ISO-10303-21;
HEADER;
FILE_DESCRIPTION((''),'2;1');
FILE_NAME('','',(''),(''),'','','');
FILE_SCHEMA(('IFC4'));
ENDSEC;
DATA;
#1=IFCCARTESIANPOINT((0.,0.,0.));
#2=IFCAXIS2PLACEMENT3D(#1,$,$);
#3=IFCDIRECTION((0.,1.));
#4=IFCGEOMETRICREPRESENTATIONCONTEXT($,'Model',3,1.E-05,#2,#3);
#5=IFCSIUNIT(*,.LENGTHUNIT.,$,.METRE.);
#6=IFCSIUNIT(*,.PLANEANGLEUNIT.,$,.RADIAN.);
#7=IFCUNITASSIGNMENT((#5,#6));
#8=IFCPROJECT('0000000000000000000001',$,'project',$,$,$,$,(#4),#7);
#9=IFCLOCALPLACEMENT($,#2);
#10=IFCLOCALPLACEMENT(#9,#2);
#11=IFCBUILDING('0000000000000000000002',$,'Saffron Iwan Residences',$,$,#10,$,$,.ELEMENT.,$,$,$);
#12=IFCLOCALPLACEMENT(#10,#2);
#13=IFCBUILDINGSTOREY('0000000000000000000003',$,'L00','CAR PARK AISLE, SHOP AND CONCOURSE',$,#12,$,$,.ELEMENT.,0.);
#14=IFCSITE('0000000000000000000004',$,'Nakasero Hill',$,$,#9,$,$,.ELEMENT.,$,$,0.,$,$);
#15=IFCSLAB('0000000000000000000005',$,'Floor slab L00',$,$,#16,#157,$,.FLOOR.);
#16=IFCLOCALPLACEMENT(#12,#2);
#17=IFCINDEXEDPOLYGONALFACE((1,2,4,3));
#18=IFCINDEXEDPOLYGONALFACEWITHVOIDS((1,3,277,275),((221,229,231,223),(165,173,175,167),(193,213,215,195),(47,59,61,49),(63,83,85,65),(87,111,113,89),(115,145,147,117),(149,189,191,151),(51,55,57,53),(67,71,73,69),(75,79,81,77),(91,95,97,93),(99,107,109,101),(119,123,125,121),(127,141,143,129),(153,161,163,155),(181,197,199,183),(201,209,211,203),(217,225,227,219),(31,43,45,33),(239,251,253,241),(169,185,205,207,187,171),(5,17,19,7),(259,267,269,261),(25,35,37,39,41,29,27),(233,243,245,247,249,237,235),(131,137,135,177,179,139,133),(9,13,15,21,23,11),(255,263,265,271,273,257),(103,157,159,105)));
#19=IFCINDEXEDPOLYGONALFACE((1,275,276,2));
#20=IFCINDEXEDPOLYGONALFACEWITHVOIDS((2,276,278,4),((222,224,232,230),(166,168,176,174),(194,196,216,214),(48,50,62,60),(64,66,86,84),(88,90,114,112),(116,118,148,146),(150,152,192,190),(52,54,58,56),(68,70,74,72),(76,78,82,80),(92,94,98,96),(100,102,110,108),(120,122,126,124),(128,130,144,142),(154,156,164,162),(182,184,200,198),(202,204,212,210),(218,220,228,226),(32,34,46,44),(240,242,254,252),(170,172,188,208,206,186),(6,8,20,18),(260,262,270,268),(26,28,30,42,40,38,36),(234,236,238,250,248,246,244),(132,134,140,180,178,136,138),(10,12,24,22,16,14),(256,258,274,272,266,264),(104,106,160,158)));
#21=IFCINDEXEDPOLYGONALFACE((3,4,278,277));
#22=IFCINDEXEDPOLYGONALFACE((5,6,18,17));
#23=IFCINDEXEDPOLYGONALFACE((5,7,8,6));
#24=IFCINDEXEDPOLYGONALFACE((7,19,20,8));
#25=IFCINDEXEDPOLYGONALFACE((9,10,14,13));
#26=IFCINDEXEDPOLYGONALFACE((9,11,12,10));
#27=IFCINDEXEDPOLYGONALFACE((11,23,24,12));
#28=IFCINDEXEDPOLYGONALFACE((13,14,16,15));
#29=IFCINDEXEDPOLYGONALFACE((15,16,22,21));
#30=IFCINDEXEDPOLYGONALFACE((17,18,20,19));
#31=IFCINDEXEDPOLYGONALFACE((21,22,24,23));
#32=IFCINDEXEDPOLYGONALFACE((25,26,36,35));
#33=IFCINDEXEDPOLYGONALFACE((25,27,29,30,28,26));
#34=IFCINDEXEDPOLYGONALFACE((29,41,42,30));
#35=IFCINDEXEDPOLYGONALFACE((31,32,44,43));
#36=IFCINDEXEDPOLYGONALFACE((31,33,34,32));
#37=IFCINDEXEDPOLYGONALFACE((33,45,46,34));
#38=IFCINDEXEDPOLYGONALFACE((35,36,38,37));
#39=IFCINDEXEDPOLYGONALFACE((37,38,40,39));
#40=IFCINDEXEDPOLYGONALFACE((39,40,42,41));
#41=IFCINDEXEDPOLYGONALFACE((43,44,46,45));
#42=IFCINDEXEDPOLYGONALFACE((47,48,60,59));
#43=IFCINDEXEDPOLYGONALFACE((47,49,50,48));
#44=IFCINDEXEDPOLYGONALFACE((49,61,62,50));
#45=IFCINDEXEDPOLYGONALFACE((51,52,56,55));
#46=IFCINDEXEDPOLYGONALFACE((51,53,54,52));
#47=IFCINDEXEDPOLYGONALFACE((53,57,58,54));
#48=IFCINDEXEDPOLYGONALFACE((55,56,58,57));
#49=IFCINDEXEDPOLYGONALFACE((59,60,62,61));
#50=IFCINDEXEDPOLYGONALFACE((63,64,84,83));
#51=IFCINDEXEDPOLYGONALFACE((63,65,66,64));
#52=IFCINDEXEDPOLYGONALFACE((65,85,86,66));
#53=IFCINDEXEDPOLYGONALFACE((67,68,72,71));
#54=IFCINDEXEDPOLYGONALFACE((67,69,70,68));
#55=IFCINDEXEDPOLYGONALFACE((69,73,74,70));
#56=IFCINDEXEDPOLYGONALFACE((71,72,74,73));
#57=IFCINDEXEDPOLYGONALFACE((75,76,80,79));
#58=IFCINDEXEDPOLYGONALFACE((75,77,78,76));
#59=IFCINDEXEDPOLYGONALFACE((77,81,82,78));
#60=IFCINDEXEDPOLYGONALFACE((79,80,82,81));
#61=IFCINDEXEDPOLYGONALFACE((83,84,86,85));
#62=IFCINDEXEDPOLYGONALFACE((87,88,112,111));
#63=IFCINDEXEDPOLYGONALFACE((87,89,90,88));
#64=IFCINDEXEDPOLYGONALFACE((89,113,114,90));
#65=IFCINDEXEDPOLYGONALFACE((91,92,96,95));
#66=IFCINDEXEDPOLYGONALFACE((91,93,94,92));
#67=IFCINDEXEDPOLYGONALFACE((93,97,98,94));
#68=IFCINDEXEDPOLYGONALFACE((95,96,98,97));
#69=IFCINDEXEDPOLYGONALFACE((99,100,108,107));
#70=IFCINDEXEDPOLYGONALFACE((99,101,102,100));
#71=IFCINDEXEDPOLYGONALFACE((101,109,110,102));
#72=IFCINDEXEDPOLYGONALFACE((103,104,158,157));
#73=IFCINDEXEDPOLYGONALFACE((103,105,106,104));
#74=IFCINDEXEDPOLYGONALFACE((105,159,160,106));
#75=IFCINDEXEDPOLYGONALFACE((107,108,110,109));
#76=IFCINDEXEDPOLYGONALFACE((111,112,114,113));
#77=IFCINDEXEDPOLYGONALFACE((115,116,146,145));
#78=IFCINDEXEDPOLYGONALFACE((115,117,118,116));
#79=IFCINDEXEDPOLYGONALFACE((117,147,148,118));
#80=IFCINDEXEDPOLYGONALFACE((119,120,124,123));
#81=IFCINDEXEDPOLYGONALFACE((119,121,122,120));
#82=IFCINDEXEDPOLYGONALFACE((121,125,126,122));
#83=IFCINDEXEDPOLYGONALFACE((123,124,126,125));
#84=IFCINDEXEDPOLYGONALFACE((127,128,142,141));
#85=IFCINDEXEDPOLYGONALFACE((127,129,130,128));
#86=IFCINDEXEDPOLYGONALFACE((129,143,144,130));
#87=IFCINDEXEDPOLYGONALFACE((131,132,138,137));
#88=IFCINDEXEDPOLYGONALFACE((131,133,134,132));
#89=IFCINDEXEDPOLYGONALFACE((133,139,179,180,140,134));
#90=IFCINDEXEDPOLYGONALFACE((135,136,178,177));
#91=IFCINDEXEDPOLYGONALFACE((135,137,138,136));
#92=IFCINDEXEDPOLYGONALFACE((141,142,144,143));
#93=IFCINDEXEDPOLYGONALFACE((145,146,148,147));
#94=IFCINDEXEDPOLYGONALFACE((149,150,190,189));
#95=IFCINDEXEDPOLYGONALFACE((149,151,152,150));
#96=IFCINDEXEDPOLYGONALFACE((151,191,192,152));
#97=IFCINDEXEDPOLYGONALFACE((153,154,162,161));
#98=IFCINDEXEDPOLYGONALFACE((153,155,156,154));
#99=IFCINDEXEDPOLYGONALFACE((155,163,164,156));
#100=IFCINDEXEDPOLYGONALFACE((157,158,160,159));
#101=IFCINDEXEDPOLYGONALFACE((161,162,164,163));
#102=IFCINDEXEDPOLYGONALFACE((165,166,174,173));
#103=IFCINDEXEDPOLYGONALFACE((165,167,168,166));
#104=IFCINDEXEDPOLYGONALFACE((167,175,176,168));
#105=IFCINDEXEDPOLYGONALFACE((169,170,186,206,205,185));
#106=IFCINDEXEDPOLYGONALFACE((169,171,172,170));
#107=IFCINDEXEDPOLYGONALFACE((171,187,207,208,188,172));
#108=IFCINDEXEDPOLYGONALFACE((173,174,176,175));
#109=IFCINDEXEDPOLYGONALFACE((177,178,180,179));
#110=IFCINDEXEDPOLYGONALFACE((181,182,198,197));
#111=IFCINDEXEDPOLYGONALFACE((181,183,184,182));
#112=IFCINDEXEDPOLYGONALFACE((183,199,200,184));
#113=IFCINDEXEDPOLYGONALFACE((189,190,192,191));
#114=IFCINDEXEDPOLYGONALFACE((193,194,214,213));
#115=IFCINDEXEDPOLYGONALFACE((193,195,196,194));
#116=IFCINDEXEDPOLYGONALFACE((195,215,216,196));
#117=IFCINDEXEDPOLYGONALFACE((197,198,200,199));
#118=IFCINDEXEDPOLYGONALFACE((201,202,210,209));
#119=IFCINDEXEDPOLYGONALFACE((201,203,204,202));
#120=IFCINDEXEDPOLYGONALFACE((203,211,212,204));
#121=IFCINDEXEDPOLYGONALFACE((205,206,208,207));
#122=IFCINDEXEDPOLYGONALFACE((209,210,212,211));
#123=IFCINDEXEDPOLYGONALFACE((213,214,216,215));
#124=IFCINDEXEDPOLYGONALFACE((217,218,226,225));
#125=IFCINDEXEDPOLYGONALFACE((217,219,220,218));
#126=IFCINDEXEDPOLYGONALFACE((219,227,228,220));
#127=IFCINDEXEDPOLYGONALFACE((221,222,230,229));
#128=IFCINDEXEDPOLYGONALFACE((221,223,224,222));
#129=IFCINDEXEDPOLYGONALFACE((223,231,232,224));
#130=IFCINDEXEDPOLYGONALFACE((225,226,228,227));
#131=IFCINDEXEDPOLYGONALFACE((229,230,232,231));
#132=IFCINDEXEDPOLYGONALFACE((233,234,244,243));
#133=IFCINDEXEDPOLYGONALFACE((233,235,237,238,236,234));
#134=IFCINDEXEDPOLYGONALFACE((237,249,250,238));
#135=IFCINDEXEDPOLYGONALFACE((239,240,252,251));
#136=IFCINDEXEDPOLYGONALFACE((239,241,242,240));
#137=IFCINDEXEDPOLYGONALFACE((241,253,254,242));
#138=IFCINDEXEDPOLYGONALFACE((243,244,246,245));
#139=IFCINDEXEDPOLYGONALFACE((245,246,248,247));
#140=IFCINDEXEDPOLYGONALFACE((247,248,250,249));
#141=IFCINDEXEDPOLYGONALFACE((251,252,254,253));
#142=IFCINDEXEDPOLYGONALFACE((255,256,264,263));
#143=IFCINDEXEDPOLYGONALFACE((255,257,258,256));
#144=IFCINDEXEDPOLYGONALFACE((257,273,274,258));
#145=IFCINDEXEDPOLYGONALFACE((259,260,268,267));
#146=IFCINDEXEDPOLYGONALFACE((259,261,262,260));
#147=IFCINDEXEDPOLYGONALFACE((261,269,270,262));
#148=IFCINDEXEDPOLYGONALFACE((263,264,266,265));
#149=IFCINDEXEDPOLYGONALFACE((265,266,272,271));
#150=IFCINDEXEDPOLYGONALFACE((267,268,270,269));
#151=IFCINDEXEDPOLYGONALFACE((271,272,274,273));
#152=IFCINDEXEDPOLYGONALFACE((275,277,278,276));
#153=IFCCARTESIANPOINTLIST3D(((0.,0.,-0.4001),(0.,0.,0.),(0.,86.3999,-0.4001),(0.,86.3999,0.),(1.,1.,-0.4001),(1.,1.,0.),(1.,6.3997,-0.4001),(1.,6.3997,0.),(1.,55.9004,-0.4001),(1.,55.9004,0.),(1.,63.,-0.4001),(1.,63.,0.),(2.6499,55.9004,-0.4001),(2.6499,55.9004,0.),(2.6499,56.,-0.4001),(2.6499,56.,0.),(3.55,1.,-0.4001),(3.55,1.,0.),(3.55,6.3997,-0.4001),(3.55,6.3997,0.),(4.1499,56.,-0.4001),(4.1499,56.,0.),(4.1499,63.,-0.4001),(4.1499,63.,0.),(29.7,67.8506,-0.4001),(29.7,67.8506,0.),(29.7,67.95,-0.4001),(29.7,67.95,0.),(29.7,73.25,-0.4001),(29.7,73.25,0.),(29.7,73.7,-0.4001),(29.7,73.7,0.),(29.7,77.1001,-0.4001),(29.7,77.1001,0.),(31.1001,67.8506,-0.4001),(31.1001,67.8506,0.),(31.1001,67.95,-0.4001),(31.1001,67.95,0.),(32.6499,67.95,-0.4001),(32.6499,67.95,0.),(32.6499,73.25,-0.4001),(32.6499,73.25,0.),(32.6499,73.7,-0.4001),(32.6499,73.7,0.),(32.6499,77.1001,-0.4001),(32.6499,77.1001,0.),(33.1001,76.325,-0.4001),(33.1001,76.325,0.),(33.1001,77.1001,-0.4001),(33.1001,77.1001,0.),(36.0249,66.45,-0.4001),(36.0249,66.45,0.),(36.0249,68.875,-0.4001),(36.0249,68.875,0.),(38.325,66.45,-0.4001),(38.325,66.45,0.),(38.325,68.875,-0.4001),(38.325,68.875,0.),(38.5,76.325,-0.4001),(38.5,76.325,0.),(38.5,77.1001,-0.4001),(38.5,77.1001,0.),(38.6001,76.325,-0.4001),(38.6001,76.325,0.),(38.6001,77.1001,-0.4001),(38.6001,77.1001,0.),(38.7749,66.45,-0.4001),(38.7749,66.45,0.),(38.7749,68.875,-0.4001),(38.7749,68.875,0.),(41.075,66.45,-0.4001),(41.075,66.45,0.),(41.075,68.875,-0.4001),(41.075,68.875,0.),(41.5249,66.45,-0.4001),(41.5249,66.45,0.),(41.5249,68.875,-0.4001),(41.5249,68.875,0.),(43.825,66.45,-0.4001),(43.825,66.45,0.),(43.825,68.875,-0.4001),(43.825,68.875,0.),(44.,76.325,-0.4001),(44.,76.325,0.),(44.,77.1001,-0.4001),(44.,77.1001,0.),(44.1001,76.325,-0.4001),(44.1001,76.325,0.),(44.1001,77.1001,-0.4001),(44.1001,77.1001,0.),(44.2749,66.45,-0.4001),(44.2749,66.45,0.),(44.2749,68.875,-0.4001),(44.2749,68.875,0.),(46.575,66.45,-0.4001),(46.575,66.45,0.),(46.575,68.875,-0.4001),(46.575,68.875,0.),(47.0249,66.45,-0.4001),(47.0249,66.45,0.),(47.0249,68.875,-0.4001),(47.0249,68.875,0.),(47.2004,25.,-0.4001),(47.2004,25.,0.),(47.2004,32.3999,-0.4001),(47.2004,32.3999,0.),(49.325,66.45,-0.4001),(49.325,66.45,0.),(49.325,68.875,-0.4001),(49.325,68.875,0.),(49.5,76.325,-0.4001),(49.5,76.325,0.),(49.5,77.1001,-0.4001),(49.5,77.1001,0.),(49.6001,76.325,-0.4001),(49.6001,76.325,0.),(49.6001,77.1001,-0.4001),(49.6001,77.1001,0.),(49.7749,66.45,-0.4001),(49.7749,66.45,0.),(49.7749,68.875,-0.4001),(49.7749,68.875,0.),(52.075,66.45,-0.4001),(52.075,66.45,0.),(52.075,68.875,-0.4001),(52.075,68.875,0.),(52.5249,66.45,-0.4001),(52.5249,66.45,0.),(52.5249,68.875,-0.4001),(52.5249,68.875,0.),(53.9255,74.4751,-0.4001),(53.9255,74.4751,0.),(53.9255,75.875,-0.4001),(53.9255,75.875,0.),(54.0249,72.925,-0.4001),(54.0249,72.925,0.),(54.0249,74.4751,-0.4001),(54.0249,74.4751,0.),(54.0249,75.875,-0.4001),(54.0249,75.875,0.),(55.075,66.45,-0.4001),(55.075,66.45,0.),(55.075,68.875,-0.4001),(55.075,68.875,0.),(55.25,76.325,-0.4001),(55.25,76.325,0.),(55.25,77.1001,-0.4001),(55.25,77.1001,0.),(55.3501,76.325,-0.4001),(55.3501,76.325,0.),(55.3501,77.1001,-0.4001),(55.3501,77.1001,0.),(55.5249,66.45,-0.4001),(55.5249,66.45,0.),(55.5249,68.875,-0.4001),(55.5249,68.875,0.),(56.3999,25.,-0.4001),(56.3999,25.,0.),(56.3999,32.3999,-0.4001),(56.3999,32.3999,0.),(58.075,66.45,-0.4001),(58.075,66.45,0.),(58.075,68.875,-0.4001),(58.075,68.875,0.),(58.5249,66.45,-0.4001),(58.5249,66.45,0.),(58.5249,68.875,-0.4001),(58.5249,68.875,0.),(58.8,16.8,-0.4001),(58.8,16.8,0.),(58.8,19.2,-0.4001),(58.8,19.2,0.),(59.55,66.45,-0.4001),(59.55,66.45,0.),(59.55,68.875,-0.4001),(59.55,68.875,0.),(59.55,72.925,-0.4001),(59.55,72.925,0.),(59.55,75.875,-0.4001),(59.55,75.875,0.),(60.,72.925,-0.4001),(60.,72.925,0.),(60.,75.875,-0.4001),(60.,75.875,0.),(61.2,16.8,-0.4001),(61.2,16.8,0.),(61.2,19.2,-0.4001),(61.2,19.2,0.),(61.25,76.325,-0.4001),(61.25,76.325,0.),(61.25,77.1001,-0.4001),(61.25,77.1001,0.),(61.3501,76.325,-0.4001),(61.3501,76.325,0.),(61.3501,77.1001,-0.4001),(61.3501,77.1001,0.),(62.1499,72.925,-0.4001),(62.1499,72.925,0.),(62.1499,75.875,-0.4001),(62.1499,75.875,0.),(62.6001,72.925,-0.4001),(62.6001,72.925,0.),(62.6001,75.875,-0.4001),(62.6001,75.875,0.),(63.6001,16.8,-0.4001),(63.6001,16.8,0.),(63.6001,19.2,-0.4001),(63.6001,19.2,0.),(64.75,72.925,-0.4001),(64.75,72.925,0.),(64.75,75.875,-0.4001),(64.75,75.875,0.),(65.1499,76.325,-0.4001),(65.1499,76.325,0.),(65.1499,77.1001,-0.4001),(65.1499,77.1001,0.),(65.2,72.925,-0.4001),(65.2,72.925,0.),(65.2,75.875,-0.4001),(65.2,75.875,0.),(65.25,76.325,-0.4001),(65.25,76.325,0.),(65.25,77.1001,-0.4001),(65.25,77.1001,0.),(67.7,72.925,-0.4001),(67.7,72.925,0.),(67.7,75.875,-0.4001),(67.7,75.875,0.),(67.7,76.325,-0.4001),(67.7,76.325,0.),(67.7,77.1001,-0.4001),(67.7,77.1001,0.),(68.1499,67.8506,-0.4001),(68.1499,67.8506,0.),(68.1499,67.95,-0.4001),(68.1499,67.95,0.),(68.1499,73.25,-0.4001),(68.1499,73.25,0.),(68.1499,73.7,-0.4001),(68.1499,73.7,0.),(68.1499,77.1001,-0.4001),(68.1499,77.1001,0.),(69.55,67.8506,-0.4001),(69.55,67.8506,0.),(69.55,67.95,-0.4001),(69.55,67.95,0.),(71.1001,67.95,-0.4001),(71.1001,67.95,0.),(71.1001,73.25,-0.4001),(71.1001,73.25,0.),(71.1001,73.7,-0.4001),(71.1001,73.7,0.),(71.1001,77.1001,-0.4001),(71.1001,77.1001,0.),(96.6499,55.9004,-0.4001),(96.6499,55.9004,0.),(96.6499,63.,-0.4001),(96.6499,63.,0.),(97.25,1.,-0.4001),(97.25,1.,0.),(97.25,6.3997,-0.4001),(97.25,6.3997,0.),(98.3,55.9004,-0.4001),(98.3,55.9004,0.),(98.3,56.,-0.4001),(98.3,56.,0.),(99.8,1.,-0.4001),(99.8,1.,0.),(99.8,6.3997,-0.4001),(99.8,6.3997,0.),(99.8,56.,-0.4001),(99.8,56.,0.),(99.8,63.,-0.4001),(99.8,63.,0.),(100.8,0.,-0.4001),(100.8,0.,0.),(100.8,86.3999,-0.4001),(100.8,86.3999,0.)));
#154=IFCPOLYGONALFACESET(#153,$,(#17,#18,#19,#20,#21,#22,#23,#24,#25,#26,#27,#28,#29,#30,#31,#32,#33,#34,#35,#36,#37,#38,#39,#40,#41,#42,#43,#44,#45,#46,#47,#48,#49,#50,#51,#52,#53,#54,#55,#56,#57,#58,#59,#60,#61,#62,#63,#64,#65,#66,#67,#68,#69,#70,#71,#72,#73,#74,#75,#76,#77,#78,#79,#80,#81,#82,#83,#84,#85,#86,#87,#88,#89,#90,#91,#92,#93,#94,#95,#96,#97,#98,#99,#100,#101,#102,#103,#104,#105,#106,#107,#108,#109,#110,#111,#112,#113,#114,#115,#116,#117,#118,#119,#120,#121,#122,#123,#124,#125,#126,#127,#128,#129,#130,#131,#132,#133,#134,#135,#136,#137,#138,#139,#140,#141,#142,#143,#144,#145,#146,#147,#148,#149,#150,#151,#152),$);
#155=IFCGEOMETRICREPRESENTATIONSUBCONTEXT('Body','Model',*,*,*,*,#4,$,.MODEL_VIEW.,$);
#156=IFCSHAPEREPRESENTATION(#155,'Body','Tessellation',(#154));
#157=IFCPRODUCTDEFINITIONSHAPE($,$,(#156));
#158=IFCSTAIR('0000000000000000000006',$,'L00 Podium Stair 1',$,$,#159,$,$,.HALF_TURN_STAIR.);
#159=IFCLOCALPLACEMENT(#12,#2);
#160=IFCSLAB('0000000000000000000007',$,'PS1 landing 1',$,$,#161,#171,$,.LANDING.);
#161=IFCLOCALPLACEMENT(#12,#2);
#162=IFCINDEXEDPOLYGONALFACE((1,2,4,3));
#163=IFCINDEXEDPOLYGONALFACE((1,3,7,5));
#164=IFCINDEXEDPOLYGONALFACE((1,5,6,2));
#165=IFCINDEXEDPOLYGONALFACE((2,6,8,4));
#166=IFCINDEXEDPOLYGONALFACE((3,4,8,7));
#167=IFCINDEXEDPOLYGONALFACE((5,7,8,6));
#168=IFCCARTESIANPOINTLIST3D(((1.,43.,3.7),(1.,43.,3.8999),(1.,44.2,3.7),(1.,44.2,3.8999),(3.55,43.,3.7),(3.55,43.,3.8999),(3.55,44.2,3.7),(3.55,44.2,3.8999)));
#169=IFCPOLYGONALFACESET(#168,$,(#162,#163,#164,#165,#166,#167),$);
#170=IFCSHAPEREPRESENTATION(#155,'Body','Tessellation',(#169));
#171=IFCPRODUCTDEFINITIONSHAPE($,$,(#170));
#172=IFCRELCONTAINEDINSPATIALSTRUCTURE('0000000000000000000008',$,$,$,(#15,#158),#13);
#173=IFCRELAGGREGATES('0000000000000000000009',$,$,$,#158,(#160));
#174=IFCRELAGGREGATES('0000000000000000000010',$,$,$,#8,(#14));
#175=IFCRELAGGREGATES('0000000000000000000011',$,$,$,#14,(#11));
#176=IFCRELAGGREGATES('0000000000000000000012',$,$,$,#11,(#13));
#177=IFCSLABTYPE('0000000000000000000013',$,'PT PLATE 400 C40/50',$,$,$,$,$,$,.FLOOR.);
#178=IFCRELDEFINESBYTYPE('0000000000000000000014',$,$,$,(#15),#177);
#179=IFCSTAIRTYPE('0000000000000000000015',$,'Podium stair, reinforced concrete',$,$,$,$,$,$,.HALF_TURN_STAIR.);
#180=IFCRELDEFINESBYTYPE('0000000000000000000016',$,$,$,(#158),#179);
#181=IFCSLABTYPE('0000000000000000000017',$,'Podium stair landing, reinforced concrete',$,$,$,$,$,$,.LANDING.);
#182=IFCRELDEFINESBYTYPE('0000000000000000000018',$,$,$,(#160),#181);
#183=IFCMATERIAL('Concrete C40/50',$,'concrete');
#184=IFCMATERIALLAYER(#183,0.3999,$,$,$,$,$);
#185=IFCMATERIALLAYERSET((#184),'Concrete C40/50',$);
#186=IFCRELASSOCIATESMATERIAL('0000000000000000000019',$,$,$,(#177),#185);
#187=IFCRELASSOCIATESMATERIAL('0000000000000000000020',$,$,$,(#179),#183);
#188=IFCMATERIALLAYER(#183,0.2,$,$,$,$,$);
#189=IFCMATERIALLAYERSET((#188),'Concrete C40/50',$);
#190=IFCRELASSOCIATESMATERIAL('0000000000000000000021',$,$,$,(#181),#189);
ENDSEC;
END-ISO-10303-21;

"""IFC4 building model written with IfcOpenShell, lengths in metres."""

from ifc_helpers import new_model, si_unit, direction, frame, origin, place, context, subcontext, project, spatial, polyline, outline, extrude, material, layer, layer_set, type_object, element, aggregate, save


model = new_model("IFC4")

# Units and contexts
model_context = context("Model", 3, precision=1e-05, world=origin(), true_north=direction((0.0, 1.0)))
body_context = subcontext(model_context, "Body", "Model", "MODEL_VIEW")
ifc_project = project(units=[si_unit("LENGTHUNIT", "METRE"), si_unit("PLANEANGLEUNIT", "RADIAN")], contexts=[model_context])

# Site, building, storey
site_placement = place(None, origin())
site = spatial("IfcSite", under=ifc_project, at=site_placement, Name="Nakasero Hill", CompositionType="ELEMENT", RefElevation=0.0)
building_placement = place(site_placement, origin())
building = spatial("IfcBuilding", under=site, at=building_placement, Name="Saffron Iwan Residences", CompositionType="ELEMENT")
storey_placement = place(building_placement, origin())
storey = spatial("IfcBuildingStorey", under=building, at=storey_placement, Name="L00", Description="CAR PARK AISLE, SHOP AND CONCOURSE", CompositionType="ELEMENT", Elevation=0.0)

# Slab
ifc_material_1 = material(Name="Concrete C40/50", Category="concrete")
ifc_layer_1 = layer(ifc_material_1, 0.3999)
ifc_layer_set_1 = layer_set([ifc_layer_1], Name="Concrete C40/50")
slab_type_1 = type_object("IfcSlabType", Name="PT PLATE 400 C40/50", PredefinedType="FLOOR", material=ifc_layer_set_1)
slab_1_placement = place(storey_placement, frame((0.0, 0.0, -0.4001)))
element("IfcSlab", 1, at=slab_1_placement, inside=storey, type_object=slab_type_1, Name="Floor slab L00", PredefinedType="FLOOR", context=body_context, shape_type="SweptSolid", body=[
    extrude(outline(polyline([(0.0, 0.0), (0.0, 86.3999), (100.8, 86.3999), (100.8, 0.0), (0.0, 0.0)]), holes=[polyline([(3.55, 6.3997), (1.0, 6.3997), (1.0, 1.0), (3.55, 1.0), (3.55, 6.3997)]), polyline([(56.3999, 25.0), (56.3999, 32.3999), (47.2004, 32.3999), (47.2004, 25.0), (56.3999, 25.0)]), polyline([(2.6499, 55.9004), (2.6499, 56.0), (4.1499, 56.0), (4.1499, 63.0), (1.0, 63.0), (1.0, 55.9004), (2.6499, 55.9004)]), polyline([(38.325, 66.45), (38.325, 68.875), (36.0249, 68.875), (36.0249, 66.45), (38.325, 66.45)]), polyline([(41.075, 66.45), (41.075, 68.875), (38.7749, 68.875), (38.7749, 66.45), (41.075, 66.45)]), polyline([(43.825, 66.45), (43.825, 68.875), (41.5249, 68.875), (41.5249, 66.45), (43.825, 66.45)]), polyline([(46.575, 66.45), (46.575, 68.875), (44.2749, 68.875), (44.2749, 66.45), (46.575, 66.45)]), polyline([(49.325, 66.45), (49.325, 68.875), (47.0249, 68.875), (47.0249, 66.45), (49.325, 66.45)]), polyline([(52.075, 66.45), (52.075, 68.875), (49.7749, 68.875), (49.7749, 66.45), (52.075, 66.45)]), polyline([(55.075, 66.45), (55.075, 68.875), (52.5249, 68.875), (52.5249, 66.45), (55.075, 66.45)]), polyline([(32.6499, 73.25), (29.7, 73.25), (29.7, 67.95), (29.7, 67.8506), (31.1001, 67.8506), (31.1001, 67.95), (32.6499, 67.95), (32.6499, 73.25)]), polyline([(32.6499, 73.7), (32.6499, 77.1001), (29.7, 77.1001), (29.7, 73.7), (32.6499, 73.7)]), polyline([(38.5, 76.325), (38.5, 77.1001), (33.1001, 77.1001), (33.1001, 76.325), (38.5, 76.325)]), polyline([(44.0, 76.325), (44.0, 77.1001), (38.6001, 77.1001), (38.6001, 76.325), (44.0, 76.325)]), polyline([(49.5, 76.325), (49.5, 77.1001), (44.1001, 77.1001), (44.1001, 76.325), (49.5, 76.325)]), polyline([(55.25, 76.325), (55.25, 77.1001), (49.6001, 77.1001), (49.6001, 76.325), (55.25, 76.325)]), polyline([(99.8, 1.0), (99.8, 6.3997), (97.25, 6.3997), (97.25, 1.0), (99.8, 1.0)]), polyline([(63.6001, 19.2), (61.2, 19.2), (58.8, 19.2), (58.8, 16.8), (61.2, 16.8), (63.6001, 16.8), (63.6001, 19.2)]), polyline([(98.3, 55.9004), (98.3, 56.0), (99.8, 56.0), (99.8, 63.0), (96.6499, 63.0), (96.6499, 55.9004), (98.3, 55.9004)]), polyline([(58.075, 66.45), (58.075, 68.875), (55.5249, 68.875), (55.5249, 66.45), (58.075, 66.45)]), polyline([(59.55, 66.45), (59.55, 68.875), (58.5249, 68.875), (58.5249, 66.45), (59.55, 66.45)]), polyline([(71.1001, 73.25), (68.1499, 73.25), (68.1499, 67.95), (68.1499, 67.8506), (69.55, 67.8506), (69.55, 67.95), (71.1001, 67.95), (71.1001, 73.25)]), polyline([(53.9255, 74.4751), (54.0249, 74.4751), (54.0249, 72.925), (59.55, 72.925), (59.55, 75.875), (54.0249, 75.875), (53.9255, 75.875), (53.9255, 74.4751)]), polyline([(62.1499, 72.925), (62.1499, 75.875), (60.0, 75.875), (60.0, 72.925), (62.1499, 72.925)]), polyline([(64.75, 72.925), (64.75, 75.875), (62.6001, 75.875), (62.6001, 72.925), (64.75, 72.925)]), polyline([(67.7, 72.925), (67.7, 75.875), (65.2, 75.875), (65.2, 72.925), (67.7, 72.925)]), polyline([(71.1001, 73.7), (71.1001, 77.1001), (68.1499, 77.1001), (68.1499, 73.7), (71.1001, 73.7)]), polyline([(61.25, 76.325), (61.25, 77.1001), (55.3501, 77.1001), (55.3501, 76.325), (61.25, 76.325)]), polyline([(65.1499, 76.325), (65.1499, 77.1001), (61.3501, 77.1001), (61.3501, 76.325), (65.1499, 76.325)]), polyline([(67.7, 76.325), (67.7, 77.1001), (65.25, 77.1001), (65.25, 76.325), (67.7, 76.325)])]), origin(), (0.0, 0.0, 1.0), 0.4001),
])

# Stair, slab
stair_type_1 = type_object("IfcStairType", Name="Podium stair, reinforced concrete", PredefinedType="HALF_TURN_STAIR", material=ifc_material_1)
stair_1_placement = place(storey_placement, origin())
stair_1 = element("IfcStair", 2, at=stair_1_placement, inside=storey, type_object=stair_type_1, Name="L00 Podium Stair 1", PredefinedType="HALF_TURN_STAIR")
ifc_layer_2 = layer(ifc_material_1, 0.2)
ifc_layer_set_2 = layer_set([ifc_layer_2], Name="Concrete C40/50")
slab_type_2 = type_object("IfcSlabType", Name="Podium stair landing, reinforced concrete", PredefinedType="LANDING", material=ifc_layer_set_2)
slab_2_placement = place(storey_placement, frame((0.0, 0.0, 3.7)))
slab_2 = element("IfcSlab", 3, at=slab_2_placement, type_object=slab_type_2, Name="PS1 landing 1", PredefinedType="LANDING", context=body_context, shape_type="SweptSolid", body=[
    extrude(outline(polyline([(1.0, 44.2), (1.0, 43.0), (3.55, 43.0), (3.55, 44.2), (1.0, 44.2)])), origin(), (0.0, 0.0, 1.0), 0.2),
])
aggregate(stair_1, [slab_2])

save(model, "model.ifc")
